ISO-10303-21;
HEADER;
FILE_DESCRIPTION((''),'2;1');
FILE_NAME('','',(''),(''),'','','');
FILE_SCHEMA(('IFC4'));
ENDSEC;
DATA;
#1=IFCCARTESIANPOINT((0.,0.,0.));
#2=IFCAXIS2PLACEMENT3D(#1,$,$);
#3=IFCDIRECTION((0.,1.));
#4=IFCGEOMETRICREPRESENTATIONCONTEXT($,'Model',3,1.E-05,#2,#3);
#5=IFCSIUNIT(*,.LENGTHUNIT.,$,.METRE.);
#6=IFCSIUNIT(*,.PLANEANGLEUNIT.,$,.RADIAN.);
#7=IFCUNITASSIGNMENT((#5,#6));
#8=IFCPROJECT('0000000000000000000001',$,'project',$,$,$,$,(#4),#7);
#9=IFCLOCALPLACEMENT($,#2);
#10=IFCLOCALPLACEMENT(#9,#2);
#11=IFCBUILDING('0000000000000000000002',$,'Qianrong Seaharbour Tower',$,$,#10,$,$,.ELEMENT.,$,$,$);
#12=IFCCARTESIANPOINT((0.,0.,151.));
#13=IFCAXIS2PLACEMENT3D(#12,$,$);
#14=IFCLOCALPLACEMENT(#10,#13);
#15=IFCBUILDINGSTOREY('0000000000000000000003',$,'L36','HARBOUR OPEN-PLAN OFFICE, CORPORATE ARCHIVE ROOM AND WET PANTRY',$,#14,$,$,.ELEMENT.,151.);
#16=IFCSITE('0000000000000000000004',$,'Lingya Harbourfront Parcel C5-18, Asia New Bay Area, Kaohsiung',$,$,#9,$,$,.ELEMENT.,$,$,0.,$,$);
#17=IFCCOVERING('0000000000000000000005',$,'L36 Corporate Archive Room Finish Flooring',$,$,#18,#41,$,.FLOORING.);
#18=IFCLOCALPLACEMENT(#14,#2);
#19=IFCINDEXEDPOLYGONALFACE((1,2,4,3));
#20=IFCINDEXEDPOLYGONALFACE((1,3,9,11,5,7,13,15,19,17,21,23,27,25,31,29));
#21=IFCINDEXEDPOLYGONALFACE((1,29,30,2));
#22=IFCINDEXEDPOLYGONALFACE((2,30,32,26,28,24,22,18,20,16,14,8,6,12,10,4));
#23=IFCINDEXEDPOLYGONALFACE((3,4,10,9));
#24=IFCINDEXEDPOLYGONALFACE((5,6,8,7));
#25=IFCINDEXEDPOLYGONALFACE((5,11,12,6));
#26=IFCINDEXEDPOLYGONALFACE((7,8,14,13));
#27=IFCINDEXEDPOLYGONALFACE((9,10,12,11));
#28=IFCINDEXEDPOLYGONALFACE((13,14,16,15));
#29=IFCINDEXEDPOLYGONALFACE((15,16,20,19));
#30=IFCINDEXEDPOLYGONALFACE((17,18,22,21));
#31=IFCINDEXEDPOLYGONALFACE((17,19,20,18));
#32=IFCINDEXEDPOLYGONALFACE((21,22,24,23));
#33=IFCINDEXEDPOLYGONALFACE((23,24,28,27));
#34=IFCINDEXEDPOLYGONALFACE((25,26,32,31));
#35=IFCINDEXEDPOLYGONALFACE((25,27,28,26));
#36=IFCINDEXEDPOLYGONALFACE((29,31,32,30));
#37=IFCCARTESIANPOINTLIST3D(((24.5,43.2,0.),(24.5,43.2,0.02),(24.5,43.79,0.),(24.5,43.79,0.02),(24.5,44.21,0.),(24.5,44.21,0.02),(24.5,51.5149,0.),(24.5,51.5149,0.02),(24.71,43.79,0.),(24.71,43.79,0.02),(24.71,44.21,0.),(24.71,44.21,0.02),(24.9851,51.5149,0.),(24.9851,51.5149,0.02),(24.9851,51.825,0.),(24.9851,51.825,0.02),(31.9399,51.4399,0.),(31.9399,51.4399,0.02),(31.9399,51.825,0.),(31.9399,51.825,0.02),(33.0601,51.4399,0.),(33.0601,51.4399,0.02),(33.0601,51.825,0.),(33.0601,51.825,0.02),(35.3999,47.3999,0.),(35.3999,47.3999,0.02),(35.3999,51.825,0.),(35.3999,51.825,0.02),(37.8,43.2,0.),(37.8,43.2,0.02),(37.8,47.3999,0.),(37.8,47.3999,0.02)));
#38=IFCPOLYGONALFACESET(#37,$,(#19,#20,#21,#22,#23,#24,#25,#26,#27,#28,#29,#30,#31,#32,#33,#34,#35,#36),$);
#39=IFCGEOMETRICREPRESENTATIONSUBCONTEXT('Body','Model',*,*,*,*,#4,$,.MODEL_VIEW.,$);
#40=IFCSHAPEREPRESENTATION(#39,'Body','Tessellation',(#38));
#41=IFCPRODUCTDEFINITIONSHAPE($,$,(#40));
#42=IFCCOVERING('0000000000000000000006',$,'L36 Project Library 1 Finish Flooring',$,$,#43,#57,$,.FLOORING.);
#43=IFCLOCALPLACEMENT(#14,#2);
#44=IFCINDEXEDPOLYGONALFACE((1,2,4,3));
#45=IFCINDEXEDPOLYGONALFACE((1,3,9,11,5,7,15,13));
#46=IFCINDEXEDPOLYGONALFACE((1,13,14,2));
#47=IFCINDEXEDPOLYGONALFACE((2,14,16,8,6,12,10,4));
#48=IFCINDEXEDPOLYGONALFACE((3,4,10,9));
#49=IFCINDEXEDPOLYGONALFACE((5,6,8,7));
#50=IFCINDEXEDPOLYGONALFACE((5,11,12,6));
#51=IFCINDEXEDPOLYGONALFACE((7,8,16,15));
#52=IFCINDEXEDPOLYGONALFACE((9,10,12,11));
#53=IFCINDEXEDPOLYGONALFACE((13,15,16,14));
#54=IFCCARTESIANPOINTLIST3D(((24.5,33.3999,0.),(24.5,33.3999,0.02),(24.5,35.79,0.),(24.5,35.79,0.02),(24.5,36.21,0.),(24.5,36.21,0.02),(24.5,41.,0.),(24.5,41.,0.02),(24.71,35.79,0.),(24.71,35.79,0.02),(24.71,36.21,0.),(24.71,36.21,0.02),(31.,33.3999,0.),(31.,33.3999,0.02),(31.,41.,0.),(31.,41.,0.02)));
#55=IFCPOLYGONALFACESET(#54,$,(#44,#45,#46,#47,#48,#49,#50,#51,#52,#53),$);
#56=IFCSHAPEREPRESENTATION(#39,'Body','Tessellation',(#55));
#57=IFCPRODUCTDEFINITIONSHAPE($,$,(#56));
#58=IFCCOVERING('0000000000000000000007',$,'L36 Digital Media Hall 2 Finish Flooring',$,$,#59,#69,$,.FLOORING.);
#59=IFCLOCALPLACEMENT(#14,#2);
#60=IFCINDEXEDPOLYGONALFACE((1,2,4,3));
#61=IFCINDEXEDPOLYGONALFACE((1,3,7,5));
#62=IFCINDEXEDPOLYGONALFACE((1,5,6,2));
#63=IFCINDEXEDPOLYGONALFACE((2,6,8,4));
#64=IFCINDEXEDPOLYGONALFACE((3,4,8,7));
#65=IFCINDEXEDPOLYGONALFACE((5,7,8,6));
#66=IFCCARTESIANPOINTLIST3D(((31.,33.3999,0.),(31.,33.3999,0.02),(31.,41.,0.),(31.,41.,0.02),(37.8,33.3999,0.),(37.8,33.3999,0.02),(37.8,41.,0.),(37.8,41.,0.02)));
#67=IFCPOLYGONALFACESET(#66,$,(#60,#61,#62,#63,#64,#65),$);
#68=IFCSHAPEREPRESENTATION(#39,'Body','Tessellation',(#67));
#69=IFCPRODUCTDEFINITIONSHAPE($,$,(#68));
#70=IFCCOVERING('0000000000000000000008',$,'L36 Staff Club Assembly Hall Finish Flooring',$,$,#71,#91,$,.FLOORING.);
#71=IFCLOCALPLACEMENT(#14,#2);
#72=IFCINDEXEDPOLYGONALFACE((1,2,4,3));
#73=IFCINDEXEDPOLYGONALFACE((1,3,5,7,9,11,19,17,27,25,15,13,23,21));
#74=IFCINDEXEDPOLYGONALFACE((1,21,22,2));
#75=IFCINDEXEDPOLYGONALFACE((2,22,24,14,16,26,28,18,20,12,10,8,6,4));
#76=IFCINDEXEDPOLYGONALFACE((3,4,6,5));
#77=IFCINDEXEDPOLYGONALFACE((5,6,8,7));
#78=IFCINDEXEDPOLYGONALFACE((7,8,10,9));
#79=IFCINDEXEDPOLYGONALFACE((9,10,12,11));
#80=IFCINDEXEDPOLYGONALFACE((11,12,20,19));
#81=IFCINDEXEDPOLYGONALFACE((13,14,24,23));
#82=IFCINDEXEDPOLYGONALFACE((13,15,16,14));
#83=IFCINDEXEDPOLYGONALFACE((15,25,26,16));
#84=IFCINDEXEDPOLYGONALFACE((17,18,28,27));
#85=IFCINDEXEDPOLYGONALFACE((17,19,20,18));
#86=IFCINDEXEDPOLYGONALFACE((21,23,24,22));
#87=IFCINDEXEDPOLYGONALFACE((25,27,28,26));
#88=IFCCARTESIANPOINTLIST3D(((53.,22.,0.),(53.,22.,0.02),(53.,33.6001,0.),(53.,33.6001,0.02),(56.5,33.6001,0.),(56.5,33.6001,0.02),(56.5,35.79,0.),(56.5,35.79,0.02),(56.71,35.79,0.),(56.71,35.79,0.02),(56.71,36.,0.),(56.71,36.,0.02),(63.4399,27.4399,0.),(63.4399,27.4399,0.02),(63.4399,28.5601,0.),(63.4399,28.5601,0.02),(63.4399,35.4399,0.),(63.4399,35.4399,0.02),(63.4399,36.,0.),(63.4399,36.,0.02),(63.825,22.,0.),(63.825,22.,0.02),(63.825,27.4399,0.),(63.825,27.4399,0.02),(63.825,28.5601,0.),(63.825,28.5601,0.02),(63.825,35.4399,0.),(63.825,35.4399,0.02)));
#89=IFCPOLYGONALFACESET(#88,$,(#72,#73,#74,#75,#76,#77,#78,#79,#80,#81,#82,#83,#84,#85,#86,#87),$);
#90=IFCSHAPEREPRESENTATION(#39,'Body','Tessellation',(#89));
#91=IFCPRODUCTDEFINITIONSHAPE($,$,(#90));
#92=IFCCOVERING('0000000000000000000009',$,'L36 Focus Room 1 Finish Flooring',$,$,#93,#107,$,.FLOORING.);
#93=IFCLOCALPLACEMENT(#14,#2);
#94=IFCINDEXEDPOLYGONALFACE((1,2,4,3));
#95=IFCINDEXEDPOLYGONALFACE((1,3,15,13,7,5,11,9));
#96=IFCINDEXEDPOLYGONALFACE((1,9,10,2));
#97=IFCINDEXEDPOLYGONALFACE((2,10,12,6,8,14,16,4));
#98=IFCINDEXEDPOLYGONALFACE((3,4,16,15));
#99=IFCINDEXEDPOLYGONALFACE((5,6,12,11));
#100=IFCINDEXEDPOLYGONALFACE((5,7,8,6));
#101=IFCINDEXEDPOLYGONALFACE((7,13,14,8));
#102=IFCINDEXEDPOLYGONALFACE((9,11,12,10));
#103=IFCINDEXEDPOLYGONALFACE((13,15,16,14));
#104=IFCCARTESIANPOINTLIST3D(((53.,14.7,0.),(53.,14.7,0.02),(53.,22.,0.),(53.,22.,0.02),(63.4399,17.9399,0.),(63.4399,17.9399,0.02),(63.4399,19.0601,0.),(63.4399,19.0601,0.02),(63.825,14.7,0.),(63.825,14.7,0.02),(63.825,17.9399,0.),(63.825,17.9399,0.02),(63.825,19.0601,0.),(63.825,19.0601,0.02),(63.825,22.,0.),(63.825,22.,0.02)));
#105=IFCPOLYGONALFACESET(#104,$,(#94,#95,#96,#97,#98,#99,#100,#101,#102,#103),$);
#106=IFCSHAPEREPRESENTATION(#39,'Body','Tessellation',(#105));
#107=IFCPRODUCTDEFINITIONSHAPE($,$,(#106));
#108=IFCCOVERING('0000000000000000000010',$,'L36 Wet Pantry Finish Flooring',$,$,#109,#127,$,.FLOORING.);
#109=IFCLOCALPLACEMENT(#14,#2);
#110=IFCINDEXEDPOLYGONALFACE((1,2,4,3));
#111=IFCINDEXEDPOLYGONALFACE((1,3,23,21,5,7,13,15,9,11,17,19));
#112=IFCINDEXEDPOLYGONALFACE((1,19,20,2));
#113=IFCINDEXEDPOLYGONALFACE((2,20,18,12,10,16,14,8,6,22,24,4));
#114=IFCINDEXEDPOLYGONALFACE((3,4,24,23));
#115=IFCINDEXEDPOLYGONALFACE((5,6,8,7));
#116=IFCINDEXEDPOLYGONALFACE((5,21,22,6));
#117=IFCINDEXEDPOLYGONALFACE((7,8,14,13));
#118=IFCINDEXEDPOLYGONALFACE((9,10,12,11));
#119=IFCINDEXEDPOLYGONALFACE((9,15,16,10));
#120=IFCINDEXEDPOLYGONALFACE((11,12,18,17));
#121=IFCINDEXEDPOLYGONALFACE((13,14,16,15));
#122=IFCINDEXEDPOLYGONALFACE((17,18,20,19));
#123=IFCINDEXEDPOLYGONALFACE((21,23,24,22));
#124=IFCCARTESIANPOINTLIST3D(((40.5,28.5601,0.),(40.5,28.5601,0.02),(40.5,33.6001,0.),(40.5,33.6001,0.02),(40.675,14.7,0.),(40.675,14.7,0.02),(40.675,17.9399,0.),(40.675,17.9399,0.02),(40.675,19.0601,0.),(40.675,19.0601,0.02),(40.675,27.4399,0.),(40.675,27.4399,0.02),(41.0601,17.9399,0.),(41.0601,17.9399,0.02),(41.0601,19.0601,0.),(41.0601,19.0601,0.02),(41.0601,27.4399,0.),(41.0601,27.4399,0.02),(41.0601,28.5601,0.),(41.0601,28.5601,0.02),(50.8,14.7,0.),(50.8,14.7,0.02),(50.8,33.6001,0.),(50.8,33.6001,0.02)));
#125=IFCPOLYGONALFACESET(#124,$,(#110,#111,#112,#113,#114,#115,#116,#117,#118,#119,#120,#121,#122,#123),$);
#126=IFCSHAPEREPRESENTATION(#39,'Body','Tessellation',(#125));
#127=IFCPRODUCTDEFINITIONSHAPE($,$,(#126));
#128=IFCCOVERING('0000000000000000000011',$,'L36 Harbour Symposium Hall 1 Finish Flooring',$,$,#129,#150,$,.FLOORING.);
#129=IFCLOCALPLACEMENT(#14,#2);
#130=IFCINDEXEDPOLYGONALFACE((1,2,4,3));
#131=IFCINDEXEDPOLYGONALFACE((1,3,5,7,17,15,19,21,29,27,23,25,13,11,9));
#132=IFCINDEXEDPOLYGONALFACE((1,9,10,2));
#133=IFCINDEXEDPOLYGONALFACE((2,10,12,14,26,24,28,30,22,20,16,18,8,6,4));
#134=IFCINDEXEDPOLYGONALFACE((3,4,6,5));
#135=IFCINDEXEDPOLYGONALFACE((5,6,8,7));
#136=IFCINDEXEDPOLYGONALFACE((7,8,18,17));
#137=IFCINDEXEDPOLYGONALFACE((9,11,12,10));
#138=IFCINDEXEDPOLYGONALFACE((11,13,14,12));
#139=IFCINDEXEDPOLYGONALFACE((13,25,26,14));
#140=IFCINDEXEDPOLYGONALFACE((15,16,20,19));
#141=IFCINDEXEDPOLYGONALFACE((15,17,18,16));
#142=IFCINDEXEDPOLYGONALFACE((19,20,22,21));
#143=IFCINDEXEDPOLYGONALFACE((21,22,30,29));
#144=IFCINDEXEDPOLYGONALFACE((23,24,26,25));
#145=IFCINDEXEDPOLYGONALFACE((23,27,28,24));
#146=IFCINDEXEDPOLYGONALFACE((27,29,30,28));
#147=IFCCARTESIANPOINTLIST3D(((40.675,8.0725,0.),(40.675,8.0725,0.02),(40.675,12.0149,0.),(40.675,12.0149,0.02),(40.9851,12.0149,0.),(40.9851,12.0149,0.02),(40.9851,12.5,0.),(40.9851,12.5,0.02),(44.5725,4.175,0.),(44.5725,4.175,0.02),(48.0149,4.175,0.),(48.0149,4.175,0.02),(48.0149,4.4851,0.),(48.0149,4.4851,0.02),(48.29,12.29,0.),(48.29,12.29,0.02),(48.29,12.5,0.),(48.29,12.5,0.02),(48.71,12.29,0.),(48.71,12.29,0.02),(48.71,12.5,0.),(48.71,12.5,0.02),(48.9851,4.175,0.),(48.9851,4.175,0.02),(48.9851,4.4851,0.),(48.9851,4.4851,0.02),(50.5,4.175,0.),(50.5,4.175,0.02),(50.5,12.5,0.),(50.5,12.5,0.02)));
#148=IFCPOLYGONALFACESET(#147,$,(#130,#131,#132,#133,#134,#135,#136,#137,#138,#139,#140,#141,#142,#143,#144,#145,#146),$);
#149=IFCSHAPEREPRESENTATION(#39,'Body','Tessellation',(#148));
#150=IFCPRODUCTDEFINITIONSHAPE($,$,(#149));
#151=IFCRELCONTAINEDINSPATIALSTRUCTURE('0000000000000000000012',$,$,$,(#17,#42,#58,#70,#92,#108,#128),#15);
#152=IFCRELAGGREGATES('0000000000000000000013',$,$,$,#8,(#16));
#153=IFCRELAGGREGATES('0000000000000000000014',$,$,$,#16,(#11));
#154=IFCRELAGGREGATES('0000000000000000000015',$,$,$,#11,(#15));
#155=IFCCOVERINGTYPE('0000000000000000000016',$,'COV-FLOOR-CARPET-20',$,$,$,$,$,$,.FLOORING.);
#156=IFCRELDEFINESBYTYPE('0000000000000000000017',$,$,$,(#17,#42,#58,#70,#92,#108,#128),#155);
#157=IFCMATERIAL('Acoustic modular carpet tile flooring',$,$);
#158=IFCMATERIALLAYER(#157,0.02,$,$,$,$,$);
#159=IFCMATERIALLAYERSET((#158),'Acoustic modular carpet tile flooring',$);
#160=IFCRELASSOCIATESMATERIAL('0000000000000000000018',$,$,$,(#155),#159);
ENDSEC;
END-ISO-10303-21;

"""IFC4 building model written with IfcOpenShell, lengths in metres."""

from ifc_helpers import new_model, si_unit, direction, frame, origin, place, context, subcontext, project, spatial, polyline, outline, extrude, material, layer, layer_set, type_object, element, save


model = new_model("IFC4")

# Units and contexts
model_context = context("Model", 3, precision=1e-05, world=origin(), true_north=direction((0.0, 1.0)))
body_context = subcontext(model_context, "Body", "Model", "MODEL_VIEW")
ifc_project = project(units=[si_unit("LENGTHUNIT", "METRE"), si_unit("PLANEANGLEUNIT", "RADIAN")], contexts=[model_context])

# Site, building, storey
site_placement = place(None, origin())
site = spatial("IfcSite", under=ifc_project, at=site_placement, Name="Lingya Harbourfront Parcel C5-18, Asia New Bay Area, Kaohsiung", CompositionType="ELEMENT", RefElevation=0.0)
building_placement = place(site_placement, origin())
building = spatial("IfcBuilding", under=site, at=building_placement, Name="Qianrong Seaharbour Tower", CompositionType="ELEMENT")
storey_placement = place(building_placement, frame((0.0, 0.0, 151.0)))
storey = spatial("IfcBuildingStorey", under=building, at=storey_placement, Name="L36", Description="HARBOUR OPEN-PLAN OFFICE, CORPORATE ARCHIVE ROOM AND WET PANTRY", CompositionType="ELEMENT", Elevation=151.0)

# Coverings
ifc_material_1 = material(Name="Acoustic modular carpet tile flooring")
ifc_layer_1 = layer(ifc_material_1, 0.02)
ifc_layer_set_1 = layer_set([ifc_layer_1], Name="Acoustic modular carpet tile flooring")
covering_type_1 = type_object("IfcCoveringType", Name="COV-FLOOR-CARPET-20", PredefinedType="FLOORING", material=ifc_layer_set_1)
covering_1_placement = place(storey_placement, origin())
element("IfcCovering", 1, at=covering_1_placement, inside=storey, type_object=covering_type_1, Name="L36 Corporate Archive Room Finish Flooring", PredefinedType="FLOORING", context=body_context, shape_type="SweptSolid", body=[
    extrude(outline(polyline([(24.5, 43.79), (24.71, 43.79), (24.71, 44.21), (24.5, 44.21), (24.5, 51.5149), (24.9851, 51.5149), (24.9851, 51.825), (31.9399, 51.825), (31.9399, 51.4399), (33.0601, 51.4399), (33.0601, 51.825), (35.3999, 51.825), (35.3999, 47.3999), (37.8, 47.3999), (37.8, 43.2), (24.5, 43.2), (24.5, 43.79)])), origin(), (0.0, 0.0, 1.0), 0.02),
])
covering_2_placement = place(storey_placement, origin())
element("IfcCovering", 2, at=covering_2_placement, inside=storey, type_object=covering_type_1, Name="L36 Project Library 1 Finish Flooring", PredefinedType="FLOORING", context=body_context, shape_type="SweptSolid", body=[
    extrude(outline(polyline([(24.5, 33.3999), (24.5, 35.79), (24.71, 35.79), (24.71, 36.21), (24.5, 36.21), (24.5, 41.0), (31.0, 41.0), (31.0, 33.3999), (24.5, 33.3999)])), origin(), (0.0, 0.0, 1.0), 0.02),
])
covering_3_placement = place(storey_placement, origin())
element("IfcCovering", 3, at=covering_3_placement, inside=storey, type_object=covering_type_1, Name="L36 Digital Media Hall 2 Finish Flooring", PredefinedType="FLOORING", context=body_context, shape_type="SweptSolid", body=[
    extrude(outline(polyline([(31.0, 33.3999), (31.0, 41.0), (37.8, 41.0), (37.8, 33.3999), (31.0, 33.3999)])), origin(), (0.0, 0.0, 1.0), 0.02),
])
covering_4_placement = place(storey_placement, origin())
element("IfcCovering", 4, at=covering_4_placement, inside=storey, type_object=covering_type_1, Name="L36 Staff Club Assembly Hall Finish Flooring", PredefinedType="FLOORING", context=body_context, shape_type="SweptSolid", body=[
    extrude(outline(polyline([(56.5, 33.6001), (56.5, 35.79), (56.71, 35.79), (56.71, 36.0), (63.4399, 36.0), (63.4399, 35.4399), (63.825, 35.4399), (63.825, 28.5601), (63.4399, 28.5601), (63.4399, 27.4399), (63.825, 27.4399), (63.825, 22.0), (53.0, 22.0), (53.0, 33.6001), (56.5, 33.6001)])), origin(), (0.0, 0.0, 1.0), 0.02),
])
covering_5_placement = place(storey_placement, origin())
element("IfcCovering", 5, at=covering_5_placement, inside=storey, type_object=covering_type_1, Name="L36 Focus Room 1 Finish Flooring", PredefinedType="FLOORING", context=body_context, shape_type="SweptSolid", body=[
    extrude(outline(polyline([(63.825, 22.0), (63.825, 19.0601), (63.4399, 19.0601), (63.4399, 17.9399), (63.825, 17.9399), (63.825, 14.7), (53.0, 14.7), (53.0, 22.0), (63.825, 22.0)])), origin(), (0.0, 0.0, 1.0), 0.02),
])
covering_6_placement = place(storey_placement, origin())
element("IfcCovering", 6, at=covering_6_placement, inside=storey, type_object=covering_type_1, Name="L36 Wet Pantry Finish Flooring", PredefinedType="FLOORING", context=body_context, shape_type="SweptSolid", body=[
    extrude(outline(polyline([(50.8, 14.7), (40.675, 14.7), (40.675, 17.9399), (41.0601, 17.9399), (41.0601, 19.0601), (40.675, 19.0601), (40.675, 27.4399), (41.0601, 27.4399), (41.0601, 28.5601), (40.5, 28.5601), (40.5, 33.6001), (50.8, 33.6001), (50.8, 14.7)])), origin(), (0.0, 0.0, 1.0), 0.02),
])
covering_7_placement = place(storey_placement, origin())
element("IfcCovering", 7, at=covering_7_placement, inside=storey, type_object=covering_type_1, Name="L36 Harbour Symposium Hall 1 Finish Flooring", PredefinedType="FLOORING", context=body_context, shape_type="SweptSolid", body=[
    extrude(outline(polyline([(48.9851, 4.175), (48.9851, 4.4851), (48.0149, 4.4851), (48.0149, 4.175), (44.5725, 4.175), (40.675, 8.0725), (40.675, 12.0149), (40.9851, 12.0149), (40.9851, 12.5), (48.29, 12.5), (48.29, 12.29), (48.71, 12.29), (48.71, 12.5), (50.5, 12.5), (50.5, 4.175), (48.9851, 4.175)])), origin(), (0.0, 0.0, 1.0), 0.02),
])

save(model, "model.ifc")
